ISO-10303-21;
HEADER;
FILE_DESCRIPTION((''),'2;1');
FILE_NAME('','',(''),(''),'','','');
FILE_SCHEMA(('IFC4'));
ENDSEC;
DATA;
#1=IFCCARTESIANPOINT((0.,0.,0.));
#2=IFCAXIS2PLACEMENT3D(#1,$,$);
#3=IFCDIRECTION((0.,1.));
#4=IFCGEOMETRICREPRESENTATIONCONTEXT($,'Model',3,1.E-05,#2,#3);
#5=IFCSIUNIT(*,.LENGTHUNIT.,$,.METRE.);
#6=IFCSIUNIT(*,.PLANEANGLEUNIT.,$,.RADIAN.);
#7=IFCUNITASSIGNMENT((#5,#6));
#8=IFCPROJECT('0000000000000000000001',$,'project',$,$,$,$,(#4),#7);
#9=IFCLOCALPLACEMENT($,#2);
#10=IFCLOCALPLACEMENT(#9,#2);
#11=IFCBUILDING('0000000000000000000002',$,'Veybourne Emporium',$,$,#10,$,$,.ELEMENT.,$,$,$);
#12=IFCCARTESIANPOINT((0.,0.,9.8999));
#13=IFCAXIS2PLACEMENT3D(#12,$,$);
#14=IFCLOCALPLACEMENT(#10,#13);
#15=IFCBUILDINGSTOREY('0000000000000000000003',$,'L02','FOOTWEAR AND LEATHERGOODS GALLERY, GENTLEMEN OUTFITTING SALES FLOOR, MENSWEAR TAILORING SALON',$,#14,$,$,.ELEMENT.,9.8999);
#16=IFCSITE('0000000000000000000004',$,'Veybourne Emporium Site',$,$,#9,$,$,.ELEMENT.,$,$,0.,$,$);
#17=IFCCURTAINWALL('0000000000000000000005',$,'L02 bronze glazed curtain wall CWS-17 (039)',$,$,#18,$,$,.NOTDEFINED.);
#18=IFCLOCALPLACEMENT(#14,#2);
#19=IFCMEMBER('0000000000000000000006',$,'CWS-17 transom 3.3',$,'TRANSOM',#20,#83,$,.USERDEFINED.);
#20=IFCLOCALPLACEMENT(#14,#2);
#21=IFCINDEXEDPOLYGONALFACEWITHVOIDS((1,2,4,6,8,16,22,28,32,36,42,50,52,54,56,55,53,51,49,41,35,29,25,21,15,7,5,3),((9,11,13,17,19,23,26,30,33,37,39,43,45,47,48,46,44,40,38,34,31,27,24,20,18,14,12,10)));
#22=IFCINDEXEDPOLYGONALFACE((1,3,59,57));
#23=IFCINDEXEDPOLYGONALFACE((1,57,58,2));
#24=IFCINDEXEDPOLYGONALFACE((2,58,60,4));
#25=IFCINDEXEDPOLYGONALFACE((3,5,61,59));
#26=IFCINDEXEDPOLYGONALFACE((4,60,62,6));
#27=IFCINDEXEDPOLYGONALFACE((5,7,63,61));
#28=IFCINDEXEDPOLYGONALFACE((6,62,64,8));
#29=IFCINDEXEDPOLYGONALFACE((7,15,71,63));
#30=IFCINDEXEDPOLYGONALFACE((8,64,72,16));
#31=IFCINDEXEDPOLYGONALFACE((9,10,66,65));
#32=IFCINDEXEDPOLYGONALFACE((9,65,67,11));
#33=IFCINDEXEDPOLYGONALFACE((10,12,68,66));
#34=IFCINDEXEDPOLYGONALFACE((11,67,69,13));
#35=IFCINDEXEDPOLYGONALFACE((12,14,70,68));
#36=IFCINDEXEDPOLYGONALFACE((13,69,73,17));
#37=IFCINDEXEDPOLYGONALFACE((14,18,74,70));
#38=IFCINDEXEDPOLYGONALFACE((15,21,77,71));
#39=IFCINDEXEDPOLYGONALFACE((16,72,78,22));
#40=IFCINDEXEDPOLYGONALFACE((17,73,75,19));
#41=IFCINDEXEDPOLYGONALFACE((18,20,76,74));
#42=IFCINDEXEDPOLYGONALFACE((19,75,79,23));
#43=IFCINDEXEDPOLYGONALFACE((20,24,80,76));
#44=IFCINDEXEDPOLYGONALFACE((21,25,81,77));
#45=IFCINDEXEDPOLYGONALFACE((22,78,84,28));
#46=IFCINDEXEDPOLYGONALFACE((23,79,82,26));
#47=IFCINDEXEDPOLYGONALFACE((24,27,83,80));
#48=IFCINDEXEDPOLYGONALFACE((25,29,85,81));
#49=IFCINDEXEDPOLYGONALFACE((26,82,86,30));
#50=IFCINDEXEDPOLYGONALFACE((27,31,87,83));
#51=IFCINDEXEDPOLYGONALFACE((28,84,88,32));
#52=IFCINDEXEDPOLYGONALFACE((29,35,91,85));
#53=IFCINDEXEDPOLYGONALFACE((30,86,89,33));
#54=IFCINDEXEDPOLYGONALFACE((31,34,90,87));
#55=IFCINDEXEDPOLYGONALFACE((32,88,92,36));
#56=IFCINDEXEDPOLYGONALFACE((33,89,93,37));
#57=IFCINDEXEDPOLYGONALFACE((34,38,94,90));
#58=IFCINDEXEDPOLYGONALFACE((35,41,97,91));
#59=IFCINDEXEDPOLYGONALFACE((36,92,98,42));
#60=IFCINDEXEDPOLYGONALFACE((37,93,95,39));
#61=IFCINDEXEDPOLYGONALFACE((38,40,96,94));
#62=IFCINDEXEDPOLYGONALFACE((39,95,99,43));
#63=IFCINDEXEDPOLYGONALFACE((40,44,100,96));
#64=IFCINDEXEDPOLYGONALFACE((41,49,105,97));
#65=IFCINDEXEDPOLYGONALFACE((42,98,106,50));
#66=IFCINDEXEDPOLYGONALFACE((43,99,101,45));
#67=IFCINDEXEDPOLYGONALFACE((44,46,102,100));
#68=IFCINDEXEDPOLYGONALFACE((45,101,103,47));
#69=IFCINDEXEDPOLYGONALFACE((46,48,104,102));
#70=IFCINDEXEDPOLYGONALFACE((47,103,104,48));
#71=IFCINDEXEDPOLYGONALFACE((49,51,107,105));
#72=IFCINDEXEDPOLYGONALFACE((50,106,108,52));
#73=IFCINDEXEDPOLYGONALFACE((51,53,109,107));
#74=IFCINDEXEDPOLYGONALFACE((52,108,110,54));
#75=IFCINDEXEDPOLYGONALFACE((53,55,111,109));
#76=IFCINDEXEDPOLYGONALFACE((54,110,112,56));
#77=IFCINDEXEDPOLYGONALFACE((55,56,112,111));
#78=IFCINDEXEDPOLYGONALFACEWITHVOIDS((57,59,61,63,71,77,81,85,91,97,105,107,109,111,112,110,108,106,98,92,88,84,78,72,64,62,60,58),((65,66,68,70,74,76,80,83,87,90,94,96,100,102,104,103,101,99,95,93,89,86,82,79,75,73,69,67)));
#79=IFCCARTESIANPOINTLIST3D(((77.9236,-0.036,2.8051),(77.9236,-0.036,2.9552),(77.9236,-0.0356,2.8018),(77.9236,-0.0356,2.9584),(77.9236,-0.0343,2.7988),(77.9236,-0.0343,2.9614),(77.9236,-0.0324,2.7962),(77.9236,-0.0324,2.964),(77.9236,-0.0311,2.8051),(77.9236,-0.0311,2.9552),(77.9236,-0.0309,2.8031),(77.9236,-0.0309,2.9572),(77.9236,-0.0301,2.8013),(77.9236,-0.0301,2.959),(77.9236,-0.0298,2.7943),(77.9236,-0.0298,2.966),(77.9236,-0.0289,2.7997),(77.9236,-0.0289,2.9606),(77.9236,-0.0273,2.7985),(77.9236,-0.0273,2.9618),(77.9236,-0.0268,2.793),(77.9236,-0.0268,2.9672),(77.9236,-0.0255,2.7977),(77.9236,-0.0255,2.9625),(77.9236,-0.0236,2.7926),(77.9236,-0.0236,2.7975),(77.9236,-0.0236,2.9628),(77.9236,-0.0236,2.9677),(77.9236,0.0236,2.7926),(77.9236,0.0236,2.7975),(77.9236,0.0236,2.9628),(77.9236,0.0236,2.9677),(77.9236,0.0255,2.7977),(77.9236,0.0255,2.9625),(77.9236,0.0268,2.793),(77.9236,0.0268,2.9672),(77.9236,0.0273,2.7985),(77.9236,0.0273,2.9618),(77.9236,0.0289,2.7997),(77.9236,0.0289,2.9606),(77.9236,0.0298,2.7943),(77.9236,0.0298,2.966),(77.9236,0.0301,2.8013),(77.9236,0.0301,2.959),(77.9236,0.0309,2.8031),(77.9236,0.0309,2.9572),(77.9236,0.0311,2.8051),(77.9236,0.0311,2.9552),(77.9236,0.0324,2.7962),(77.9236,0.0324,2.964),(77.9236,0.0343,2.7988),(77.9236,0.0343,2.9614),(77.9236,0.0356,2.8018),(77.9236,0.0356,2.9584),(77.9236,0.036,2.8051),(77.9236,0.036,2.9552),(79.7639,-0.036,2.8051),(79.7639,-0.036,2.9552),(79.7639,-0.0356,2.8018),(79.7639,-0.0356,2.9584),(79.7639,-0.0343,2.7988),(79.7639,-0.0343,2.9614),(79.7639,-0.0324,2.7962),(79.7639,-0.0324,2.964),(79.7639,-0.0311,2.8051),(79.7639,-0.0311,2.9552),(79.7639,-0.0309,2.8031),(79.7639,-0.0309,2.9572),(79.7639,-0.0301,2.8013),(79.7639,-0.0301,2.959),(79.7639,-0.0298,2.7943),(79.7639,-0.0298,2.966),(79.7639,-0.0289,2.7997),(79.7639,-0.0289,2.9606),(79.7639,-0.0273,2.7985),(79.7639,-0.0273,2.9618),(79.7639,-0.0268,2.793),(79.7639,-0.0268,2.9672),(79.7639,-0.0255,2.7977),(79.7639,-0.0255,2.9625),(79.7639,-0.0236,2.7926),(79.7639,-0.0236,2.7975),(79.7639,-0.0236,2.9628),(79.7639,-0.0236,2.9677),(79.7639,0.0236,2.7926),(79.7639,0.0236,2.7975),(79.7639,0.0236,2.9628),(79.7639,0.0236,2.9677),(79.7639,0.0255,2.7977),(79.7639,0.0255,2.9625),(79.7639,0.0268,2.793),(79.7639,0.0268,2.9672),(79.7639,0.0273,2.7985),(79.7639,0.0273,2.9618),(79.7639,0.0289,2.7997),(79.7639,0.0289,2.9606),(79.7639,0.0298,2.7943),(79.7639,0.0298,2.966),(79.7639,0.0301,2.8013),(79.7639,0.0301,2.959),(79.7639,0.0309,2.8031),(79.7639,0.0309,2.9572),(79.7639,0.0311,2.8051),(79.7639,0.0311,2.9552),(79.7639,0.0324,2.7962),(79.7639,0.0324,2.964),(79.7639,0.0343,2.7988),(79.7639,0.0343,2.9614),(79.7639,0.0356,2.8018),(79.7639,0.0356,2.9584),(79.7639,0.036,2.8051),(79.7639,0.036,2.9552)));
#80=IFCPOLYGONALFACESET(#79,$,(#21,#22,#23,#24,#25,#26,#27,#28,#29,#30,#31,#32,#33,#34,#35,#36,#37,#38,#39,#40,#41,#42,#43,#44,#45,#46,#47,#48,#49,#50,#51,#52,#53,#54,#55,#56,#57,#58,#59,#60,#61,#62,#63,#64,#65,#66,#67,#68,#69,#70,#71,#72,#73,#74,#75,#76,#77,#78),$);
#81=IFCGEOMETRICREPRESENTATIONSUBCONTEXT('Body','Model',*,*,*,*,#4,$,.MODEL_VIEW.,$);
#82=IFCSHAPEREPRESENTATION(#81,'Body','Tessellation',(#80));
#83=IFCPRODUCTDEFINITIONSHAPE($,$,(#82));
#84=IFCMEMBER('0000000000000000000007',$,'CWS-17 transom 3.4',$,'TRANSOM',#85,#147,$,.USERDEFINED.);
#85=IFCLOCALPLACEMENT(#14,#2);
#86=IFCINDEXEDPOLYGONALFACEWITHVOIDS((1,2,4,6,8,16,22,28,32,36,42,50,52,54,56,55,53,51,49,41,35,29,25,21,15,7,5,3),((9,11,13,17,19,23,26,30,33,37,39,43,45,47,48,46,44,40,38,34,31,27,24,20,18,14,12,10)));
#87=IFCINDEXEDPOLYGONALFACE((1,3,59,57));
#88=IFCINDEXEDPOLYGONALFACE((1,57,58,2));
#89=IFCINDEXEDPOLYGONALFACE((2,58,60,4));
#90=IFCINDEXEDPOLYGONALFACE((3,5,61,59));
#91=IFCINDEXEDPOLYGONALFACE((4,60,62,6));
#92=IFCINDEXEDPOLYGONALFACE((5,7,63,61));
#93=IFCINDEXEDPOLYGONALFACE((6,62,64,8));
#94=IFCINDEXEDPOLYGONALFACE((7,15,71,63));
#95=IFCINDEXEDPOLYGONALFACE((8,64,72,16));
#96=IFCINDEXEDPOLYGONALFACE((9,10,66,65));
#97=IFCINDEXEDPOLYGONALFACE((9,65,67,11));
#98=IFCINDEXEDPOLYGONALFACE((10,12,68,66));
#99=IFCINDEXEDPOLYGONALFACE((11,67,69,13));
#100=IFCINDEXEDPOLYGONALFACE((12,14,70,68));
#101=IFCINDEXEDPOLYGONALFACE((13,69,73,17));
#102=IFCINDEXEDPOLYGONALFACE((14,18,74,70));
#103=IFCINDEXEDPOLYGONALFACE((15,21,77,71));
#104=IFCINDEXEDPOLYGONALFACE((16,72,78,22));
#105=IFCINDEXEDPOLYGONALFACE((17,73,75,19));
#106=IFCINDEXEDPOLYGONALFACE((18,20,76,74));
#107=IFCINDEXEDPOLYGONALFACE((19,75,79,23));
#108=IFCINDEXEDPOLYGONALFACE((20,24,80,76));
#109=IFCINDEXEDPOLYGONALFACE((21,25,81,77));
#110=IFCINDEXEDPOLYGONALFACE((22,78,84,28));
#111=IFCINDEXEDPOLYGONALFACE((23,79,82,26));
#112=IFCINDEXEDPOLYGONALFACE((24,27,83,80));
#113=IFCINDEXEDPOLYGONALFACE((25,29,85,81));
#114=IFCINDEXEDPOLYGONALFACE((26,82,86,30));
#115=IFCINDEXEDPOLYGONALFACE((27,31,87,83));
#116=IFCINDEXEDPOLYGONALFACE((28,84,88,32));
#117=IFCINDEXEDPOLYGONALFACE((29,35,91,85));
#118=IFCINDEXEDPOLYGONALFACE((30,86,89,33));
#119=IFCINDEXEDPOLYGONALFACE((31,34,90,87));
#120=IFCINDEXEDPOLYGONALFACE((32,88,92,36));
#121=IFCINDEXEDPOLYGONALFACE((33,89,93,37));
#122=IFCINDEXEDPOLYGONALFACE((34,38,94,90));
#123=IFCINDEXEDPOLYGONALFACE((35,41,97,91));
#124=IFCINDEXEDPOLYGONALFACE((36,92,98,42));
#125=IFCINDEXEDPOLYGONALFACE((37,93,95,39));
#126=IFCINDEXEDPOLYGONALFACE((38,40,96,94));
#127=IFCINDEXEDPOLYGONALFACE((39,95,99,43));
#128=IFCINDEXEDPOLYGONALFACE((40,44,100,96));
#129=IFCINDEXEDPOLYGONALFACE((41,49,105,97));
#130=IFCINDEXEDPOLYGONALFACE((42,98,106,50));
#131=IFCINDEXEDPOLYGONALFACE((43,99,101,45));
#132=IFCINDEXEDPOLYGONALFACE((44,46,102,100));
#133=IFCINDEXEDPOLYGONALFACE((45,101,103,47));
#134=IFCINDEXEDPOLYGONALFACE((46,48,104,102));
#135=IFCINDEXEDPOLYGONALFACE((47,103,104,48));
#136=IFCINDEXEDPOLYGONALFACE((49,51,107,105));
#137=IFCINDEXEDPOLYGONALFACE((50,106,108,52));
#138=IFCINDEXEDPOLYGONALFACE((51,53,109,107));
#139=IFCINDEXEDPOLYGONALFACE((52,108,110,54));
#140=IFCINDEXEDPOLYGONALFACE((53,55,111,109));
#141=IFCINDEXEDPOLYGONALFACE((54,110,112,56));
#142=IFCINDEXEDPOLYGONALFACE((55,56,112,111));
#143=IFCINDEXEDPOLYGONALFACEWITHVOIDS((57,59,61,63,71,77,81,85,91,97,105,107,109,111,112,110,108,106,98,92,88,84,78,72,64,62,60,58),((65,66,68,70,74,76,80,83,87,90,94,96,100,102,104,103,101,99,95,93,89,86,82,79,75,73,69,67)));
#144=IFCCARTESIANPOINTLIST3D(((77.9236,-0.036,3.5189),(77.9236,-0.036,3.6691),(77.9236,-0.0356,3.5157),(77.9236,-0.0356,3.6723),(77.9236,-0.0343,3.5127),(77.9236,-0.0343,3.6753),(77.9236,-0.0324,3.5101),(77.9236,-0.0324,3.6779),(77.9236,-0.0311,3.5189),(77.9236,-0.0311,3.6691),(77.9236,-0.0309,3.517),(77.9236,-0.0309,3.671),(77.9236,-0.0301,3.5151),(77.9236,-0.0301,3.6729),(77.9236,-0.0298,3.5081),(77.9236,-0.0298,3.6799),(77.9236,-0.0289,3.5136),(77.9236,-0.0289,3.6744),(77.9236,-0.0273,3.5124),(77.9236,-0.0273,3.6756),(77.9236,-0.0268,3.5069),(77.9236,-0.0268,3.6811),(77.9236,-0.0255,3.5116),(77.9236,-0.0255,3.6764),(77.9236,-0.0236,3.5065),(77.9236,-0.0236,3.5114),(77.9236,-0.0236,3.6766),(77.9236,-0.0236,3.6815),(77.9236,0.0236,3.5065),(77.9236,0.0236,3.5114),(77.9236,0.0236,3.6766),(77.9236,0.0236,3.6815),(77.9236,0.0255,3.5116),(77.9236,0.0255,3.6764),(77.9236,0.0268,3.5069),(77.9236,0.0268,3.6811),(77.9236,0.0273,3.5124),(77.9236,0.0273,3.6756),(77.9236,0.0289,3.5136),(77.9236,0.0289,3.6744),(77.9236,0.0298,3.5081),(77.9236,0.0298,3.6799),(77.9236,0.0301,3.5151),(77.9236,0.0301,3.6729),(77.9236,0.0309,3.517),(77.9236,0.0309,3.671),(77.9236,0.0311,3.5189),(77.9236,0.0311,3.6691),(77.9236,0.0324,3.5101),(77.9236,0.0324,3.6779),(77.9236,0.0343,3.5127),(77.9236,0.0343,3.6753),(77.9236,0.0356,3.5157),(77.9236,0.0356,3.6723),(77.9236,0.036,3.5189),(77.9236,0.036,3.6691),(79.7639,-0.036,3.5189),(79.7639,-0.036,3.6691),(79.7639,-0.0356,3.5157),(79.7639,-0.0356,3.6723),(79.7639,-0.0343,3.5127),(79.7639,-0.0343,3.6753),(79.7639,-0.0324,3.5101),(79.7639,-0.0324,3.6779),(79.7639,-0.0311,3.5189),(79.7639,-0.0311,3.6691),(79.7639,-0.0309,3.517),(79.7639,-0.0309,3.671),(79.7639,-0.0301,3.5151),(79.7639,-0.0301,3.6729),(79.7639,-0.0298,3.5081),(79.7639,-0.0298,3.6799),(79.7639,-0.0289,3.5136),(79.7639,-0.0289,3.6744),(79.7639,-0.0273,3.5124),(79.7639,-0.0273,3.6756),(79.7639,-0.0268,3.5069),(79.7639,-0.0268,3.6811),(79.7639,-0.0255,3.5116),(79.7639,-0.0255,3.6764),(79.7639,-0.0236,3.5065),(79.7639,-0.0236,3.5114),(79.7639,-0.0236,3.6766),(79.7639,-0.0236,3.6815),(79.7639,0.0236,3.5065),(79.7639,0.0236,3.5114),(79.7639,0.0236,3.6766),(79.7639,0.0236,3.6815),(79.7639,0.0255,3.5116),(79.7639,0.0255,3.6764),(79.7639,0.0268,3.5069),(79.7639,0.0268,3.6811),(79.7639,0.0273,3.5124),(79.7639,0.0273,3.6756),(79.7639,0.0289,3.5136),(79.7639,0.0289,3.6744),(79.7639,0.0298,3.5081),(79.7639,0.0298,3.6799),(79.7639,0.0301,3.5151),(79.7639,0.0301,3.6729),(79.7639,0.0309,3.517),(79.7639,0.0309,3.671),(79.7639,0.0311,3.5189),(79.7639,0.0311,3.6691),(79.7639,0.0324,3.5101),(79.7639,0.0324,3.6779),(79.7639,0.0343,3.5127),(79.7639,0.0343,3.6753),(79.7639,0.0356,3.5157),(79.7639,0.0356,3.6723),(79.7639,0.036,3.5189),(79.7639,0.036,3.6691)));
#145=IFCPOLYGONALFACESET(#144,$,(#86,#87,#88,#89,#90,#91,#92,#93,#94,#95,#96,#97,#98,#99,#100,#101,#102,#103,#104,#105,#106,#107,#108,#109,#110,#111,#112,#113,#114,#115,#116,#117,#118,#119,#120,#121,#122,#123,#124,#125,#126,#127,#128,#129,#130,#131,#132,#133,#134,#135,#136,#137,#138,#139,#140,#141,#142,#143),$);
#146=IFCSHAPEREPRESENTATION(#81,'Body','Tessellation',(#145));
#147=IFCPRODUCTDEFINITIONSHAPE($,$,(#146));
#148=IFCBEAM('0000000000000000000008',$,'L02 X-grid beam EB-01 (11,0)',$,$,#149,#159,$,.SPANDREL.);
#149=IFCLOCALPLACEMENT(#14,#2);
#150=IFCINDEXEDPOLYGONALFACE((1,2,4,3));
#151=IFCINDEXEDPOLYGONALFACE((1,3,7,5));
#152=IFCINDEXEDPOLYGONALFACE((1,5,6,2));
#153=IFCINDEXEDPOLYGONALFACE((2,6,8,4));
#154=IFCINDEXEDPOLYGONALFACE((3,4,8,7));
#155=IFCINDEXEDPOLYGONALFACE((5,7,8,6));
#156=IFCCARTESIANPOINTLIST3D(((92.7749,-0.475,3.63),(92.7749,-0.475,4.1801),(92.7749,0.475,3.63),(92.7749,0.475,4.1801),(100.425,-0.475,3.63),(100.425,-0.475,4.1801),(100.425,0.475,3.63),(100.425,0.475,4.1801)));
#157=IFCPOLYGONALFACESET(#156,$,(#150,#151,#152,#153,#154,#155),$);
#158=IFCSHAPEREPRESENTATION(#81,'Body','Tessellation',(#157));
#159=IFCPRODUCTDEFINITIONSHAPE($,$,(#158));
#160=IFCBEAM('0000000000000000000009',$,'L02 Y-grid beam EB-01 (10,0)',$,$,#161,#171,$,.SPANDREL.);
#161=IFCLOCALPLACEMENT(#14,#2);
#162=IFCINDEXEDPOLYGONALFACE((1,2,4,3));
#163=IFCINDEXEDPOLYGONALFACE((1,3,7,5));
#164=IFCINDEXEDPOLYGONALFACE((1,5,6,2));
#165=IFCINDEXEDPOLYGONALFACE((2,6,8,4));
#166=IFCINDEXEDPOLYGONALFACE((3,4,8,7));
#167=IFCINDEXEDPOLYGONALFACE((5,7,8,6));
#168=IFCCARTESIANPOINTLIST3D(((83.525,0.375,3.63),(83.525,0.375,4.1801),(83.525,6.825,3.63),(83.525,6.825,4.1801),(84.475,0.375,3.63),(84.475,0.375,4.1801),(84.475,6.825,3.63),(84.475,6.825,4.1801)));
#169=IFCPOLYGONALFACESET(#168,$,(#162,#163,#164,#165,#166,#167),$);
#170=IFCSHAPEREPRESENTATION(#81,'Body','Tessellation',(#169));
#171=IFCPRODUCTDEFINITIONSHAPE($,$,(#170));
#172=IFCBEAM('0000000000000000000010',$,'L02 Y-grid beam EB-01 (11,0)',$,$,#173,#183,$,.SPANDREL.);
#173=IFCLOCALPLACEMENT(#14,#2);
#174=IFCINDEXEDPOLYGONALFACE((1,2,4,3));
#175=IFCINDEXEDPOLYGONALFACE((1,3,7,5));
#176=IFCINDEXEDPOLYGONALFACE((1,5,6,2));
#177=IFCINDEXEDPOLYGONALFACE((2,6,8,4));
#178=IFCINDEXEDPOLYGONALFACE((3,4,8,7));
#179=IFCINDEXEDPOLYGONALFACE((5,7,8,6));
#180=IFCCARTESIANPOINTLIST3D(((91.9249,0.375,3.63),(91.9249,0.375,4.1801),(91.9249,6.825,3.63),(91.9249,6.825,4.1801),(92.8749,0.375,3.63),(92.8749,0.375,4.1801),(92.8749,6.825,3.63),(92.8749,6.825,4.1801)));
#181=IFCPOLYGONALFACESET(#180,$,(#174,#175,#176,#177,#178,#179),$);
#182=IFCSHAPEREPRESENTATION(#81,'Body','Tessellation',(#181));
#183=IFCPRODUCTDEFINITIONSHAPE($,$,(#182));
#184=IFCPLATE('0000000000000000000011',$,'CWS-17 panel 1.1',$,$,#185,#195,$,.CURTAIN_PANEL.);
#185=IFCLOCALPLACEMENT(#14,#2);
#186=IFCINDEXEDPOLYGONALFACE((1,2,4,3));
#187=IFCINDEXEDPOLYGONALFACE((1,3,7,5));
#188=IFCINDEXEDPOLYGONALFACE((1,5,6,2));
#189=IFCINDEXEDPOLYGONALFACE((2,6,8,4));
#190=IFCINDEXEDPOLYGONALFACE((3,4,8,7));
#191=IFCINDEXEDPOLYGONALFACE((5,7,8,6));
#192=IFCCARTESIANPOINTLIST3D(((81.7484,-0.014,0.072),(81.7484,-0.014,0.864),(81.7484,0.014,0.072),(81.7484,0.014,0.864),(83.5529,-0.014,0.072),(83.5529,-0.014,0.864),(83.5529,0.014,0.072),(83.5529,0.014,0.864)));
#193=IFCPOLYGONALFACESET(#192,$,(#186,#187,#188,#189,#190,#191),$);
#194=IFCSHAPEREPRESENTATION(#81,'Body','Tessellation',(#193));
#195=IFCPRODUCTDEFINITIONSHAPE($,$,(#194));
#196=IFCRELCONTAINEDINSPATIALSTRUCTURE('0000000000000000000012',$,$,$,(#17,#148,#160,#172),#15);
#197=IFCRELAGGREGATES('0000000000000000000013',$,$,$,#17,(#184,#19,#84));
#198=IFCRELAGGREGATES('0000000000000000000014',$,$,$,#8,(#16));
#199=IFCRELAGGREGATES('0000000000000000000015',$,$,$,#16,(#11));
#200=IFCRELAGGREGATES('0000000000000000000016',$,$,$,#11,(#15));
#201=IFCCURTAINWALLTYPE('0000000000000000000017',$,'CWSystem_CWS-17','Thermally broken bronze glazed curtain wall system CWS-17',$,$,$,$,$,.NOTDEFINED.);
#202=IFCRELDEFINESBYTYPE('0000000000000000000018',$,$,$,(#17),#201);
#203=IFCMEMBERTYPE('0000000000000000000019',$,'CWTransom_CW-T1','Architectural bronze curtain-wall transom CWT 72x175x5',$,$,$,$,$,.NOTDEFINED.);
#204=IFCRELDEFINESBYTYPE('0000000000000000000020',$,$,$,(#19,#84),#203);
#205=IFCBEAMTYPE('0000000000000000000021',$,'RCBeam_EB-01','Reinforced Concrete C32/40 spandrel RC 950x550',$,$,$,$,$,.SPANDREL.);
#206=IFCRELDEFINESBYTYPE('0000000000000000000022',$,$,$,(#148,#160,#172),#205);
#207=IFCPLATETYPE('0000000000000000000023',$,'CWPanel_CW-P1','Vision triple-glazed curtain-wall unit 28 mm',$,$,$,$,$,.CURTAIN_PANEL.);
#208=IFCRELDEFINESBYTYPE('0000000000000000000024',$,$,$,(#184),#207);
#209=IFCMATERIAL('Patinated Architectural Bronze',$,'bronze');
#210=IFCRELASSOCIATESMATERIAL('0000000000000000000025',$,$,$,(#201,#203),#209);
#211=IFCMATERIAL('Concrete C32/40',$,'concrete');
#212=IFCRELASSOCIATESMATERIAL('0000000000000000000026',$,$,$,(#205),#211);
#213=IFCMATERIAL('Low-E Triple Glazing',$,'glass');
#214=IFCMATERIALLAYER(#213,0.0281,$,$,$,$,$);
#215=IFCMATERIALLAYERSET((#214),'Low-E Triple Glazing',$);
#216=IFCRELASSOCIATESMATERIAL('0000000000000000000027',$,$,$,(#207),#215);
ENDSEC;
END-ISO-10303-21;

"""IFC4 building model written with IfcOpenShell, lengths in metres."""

from ifc_helpers import new_model, si_unit, direction, frame, origin, origin_2d, place, context, subcontext, project, spatial, rectangle, hollow_rectangle, extrude, material, layer, layer_set, material_profile, profile_set, type_object, element, aggregate, save


model = new_model("IFC4")

# Units and contexts
model_context = context("Model", 3, precision=1e-05, world=origin(), true_north=direction((0.0, 1.0)))
body_context = subcontext(model_context, "Body", "Model", "MODEL_VIEW")
ifc_project = project(units=[si_unit("LENGTHUNIT", "METRE"), si_unit("PLANEANGLEUNIT", "RADIAN")], contexts=[model_context])

# Site, building, storey
site_placement = place(None, origin())
site = spatial("IfcSite", under=ifc_project, at=site_placement, Name="Veybourne Emporium Site", CompositionType="ELEMENT", RefElevation=0.0)
building_placement = place(site_placement, origin())
building = spatial("IfcBuilding", under=site, at=building_placement, Name="Veybourne Emporium", CompositionType="ELEMENT")
storey_placement = place(building_placement, frame((0.0, 0.0, 9.8999)))
storey = spatial("IfcBuildingStorey", under=building, at=storey_placement, Name="L02", Description="FOOTWEAR AND LEATHERGOODS GALLERY, GENTLEMEN OUTFITTING SALES FLOOR, MENSWEAR TAILORING SALON", CompositionType="ELEMENT", Elevation=9.8999)

# Curtain wall
ifc_material_1 = material(Name="Patinated Architectural Bronze", Category="bronze")
curtain_wall_type_1 = type_object("IfcCurtainWallType", Name="CWSystem_CWS-17", Description="Thermally broken bronze glazed curtain wall system CWS-17", PredefinedType="NOTDEFINED", material=ifc_material_1)
curtain_wall_1_placement = place(storey_placement, origin())
curtain_wall_1 = element("IfcCurtainWall", 1, at=curtain_wall_1_placement, inside=storey, type_object=curtain_wall_type_1, Name="L02 bronze glazed curtain wall CWS-17 (039)", PredefinedType="NOTDEFINED")

# Members
ifc_material_profile_1 = material_profile(ifc_material_1, hollow_rectangle(XDim=0.072, YDim=0.175, WallThickness=0.0049, InnerFilletRadius=0.0076, OuterFilletRadius=0.0125, at=origin_2d()), Name="CWT 72x175x5")
ifc_profile_set_1 = profile_set([ifc_material_profile_1], Name="Patinated Architectural Bronze")
member_type_1 = type_object("IfcMemberType", Name="CWTransom_CW-T1", Description="Architectural bronze curtain-wall transom CWT 72x175x5", PredefinedType="NOTDEFINED", material=ifc_profile_set_1)
member_1_placement = place(storey_placement, frame((79.7639, 0.0, 2.8801), z_axis=(-1.0, 0.0, 0.0), x_axis=(0.0, -1.0, 0.0)))
member_1 = element("IfcMember", 2, at=member_1_placement, type_object=member_type_1, Name="CWS-17 transom 3.3", ObjectType="TRANSOM", PredefinedType="USERDEFINED", context=body_context, shape_type="SweptSolid", body=[
    extrude(hollow_rectangle(XDim=0.072, YDim=0.175, WallThickness=0.0049, InnerFilletRadius=0.0076, OuterFilletRadius=0.0125, at=origin_2d()), origin(), (0.0, 0.0, 1.0), 1.8403),
])
member_2_placement = place(storey_placement, frame((79.7639, 0.0, 3.594), z_axis=(-1.0, 0.0, 0.0), x_axis=(0.0, -1.0, 0.0)))
member_2 = element("IfcMember", 3, at=member_2_placement, type_object=member_type_1, Name="CWS-17 transom 3.4", ObjectType="TRANSOM", PredefinedType="USERDEFINED", context=body_context, shape_type="SweptSolid", body=[
    extrude(hollow_rectangle(XDim=0.072, YDim=0.175, WallThickness=0.0049, InnerFilletRadius=0.0076, OuterFilletRadius=0.0125, at=origin_2d()), origin(), (0.0, 0.0, 1.0), 1.8403),
])

# Beams
ifc_material_2 = material(Name="Concrete C32/40", Category="concrete")
ifc_material_profile_2 = material_profile(ifc_material_2, rectangle(XDim=0.95, YDim=0.55, at=origin_2d()), Name="RC 950x550")
ifc_profile_set_2 = profile_set([ifc_material_profile_2], Name="Concrete C32/40")
beam_type = type_object("IfcBeamType", Name="RCBeam_EB-01", Description="Reinforced Concrete C32/40 spandrel RC 950x550", PredefinedType="SPANDREL", material=ifc_profile_set_2)
beam_placement = place(storey_placement, frame((92.7749, 0.0, 3.905), z_axis=(1.0, 0.0, 0.0), x_axis=(0.0, 1.0, 0.0)))
element("IfcBeam", 4, at=beam_placement, inside=storey, type_object=beam_type, Name="L02 X-grid beam EB-01 (11,0)", PredefinedType="SPANDREL", context=body_context, shape_type="SweptSolid", body=[
    extrude(rectangle(XDim=0.95, YDim=0.55, at=origin_2d()), origin(), (0.0, 0.0, 1.0), 7.6501),
])
for number, where, z_axis, x_axis, name in (
    (5, (84.0, 0.375, 3.905), (0.0, 1.0, 0.0), (-1.0, 0.0, 0.0), "L02 Y-grid beam EB-01 (10,0)"),
    (6, (92.3999, 0.375, 3.905), (0.0, 1.0, 0.0), (-1.0, 0.0, 0.0), "L02 Y-grid beam EB-01 (11,0)"),
):
    element("IfcBeam", number, at=place(storey_placement, frame(where, z_axis=z_axis, x_axis=x_axis)), inside=storey, type_object=beam_type, Name=name, PredefinedType="SPANDREL", context=body_context, shape_type="SweptSolid", body=[
        extrude(rectangle(XDim=0.95, YDim=0.55, at=origin_2d()), origin(), (0.0, 0.0, 1.0), 6.45),
    ])

# Plate
ifc_material_3 = material(Name="Low-E Triple Glazing", Category="glass")
ifc_layer_1 = layer(ifc_material_3, 0.0281)
ifc_layer_set_1 = layer_set([ifc_layer_1], Name="Low-E Triple Glazing")
plate_type = type_object("IfcPlateType", Name="CWPanel_CW-P1", Description="Vision triple-glazed curtain-wall unit 28 mm", PredefinedType="CURTAIN_PANEL", material=ifc_layer_set_1)
plate_1_placement = place(storey_placement, frame((82.6506, 0.0, 0.072), z_axis=(0.0, 0.0, 1.0), x_axis=(-1.0, 0.0, 0.0)))
plate_1 = element("IfcPlate", 7, at=plate_1_placement, type_object=plate_type, Name="CWS-17 panel 1.1", PredefinedType="CURTAIN_PANEL", context=body_context, shape_type="SweptSolid", body=[
    extrude(rectangle(XDim=1.8044, YDim=0.0281, at=origin_2d()), origin(), (0.0, 0.0, 1.0), 0.792),
])
aggregate(curtain_wall_1, [plate_1, member_1, member_2])

save(model, "model.ifc")
